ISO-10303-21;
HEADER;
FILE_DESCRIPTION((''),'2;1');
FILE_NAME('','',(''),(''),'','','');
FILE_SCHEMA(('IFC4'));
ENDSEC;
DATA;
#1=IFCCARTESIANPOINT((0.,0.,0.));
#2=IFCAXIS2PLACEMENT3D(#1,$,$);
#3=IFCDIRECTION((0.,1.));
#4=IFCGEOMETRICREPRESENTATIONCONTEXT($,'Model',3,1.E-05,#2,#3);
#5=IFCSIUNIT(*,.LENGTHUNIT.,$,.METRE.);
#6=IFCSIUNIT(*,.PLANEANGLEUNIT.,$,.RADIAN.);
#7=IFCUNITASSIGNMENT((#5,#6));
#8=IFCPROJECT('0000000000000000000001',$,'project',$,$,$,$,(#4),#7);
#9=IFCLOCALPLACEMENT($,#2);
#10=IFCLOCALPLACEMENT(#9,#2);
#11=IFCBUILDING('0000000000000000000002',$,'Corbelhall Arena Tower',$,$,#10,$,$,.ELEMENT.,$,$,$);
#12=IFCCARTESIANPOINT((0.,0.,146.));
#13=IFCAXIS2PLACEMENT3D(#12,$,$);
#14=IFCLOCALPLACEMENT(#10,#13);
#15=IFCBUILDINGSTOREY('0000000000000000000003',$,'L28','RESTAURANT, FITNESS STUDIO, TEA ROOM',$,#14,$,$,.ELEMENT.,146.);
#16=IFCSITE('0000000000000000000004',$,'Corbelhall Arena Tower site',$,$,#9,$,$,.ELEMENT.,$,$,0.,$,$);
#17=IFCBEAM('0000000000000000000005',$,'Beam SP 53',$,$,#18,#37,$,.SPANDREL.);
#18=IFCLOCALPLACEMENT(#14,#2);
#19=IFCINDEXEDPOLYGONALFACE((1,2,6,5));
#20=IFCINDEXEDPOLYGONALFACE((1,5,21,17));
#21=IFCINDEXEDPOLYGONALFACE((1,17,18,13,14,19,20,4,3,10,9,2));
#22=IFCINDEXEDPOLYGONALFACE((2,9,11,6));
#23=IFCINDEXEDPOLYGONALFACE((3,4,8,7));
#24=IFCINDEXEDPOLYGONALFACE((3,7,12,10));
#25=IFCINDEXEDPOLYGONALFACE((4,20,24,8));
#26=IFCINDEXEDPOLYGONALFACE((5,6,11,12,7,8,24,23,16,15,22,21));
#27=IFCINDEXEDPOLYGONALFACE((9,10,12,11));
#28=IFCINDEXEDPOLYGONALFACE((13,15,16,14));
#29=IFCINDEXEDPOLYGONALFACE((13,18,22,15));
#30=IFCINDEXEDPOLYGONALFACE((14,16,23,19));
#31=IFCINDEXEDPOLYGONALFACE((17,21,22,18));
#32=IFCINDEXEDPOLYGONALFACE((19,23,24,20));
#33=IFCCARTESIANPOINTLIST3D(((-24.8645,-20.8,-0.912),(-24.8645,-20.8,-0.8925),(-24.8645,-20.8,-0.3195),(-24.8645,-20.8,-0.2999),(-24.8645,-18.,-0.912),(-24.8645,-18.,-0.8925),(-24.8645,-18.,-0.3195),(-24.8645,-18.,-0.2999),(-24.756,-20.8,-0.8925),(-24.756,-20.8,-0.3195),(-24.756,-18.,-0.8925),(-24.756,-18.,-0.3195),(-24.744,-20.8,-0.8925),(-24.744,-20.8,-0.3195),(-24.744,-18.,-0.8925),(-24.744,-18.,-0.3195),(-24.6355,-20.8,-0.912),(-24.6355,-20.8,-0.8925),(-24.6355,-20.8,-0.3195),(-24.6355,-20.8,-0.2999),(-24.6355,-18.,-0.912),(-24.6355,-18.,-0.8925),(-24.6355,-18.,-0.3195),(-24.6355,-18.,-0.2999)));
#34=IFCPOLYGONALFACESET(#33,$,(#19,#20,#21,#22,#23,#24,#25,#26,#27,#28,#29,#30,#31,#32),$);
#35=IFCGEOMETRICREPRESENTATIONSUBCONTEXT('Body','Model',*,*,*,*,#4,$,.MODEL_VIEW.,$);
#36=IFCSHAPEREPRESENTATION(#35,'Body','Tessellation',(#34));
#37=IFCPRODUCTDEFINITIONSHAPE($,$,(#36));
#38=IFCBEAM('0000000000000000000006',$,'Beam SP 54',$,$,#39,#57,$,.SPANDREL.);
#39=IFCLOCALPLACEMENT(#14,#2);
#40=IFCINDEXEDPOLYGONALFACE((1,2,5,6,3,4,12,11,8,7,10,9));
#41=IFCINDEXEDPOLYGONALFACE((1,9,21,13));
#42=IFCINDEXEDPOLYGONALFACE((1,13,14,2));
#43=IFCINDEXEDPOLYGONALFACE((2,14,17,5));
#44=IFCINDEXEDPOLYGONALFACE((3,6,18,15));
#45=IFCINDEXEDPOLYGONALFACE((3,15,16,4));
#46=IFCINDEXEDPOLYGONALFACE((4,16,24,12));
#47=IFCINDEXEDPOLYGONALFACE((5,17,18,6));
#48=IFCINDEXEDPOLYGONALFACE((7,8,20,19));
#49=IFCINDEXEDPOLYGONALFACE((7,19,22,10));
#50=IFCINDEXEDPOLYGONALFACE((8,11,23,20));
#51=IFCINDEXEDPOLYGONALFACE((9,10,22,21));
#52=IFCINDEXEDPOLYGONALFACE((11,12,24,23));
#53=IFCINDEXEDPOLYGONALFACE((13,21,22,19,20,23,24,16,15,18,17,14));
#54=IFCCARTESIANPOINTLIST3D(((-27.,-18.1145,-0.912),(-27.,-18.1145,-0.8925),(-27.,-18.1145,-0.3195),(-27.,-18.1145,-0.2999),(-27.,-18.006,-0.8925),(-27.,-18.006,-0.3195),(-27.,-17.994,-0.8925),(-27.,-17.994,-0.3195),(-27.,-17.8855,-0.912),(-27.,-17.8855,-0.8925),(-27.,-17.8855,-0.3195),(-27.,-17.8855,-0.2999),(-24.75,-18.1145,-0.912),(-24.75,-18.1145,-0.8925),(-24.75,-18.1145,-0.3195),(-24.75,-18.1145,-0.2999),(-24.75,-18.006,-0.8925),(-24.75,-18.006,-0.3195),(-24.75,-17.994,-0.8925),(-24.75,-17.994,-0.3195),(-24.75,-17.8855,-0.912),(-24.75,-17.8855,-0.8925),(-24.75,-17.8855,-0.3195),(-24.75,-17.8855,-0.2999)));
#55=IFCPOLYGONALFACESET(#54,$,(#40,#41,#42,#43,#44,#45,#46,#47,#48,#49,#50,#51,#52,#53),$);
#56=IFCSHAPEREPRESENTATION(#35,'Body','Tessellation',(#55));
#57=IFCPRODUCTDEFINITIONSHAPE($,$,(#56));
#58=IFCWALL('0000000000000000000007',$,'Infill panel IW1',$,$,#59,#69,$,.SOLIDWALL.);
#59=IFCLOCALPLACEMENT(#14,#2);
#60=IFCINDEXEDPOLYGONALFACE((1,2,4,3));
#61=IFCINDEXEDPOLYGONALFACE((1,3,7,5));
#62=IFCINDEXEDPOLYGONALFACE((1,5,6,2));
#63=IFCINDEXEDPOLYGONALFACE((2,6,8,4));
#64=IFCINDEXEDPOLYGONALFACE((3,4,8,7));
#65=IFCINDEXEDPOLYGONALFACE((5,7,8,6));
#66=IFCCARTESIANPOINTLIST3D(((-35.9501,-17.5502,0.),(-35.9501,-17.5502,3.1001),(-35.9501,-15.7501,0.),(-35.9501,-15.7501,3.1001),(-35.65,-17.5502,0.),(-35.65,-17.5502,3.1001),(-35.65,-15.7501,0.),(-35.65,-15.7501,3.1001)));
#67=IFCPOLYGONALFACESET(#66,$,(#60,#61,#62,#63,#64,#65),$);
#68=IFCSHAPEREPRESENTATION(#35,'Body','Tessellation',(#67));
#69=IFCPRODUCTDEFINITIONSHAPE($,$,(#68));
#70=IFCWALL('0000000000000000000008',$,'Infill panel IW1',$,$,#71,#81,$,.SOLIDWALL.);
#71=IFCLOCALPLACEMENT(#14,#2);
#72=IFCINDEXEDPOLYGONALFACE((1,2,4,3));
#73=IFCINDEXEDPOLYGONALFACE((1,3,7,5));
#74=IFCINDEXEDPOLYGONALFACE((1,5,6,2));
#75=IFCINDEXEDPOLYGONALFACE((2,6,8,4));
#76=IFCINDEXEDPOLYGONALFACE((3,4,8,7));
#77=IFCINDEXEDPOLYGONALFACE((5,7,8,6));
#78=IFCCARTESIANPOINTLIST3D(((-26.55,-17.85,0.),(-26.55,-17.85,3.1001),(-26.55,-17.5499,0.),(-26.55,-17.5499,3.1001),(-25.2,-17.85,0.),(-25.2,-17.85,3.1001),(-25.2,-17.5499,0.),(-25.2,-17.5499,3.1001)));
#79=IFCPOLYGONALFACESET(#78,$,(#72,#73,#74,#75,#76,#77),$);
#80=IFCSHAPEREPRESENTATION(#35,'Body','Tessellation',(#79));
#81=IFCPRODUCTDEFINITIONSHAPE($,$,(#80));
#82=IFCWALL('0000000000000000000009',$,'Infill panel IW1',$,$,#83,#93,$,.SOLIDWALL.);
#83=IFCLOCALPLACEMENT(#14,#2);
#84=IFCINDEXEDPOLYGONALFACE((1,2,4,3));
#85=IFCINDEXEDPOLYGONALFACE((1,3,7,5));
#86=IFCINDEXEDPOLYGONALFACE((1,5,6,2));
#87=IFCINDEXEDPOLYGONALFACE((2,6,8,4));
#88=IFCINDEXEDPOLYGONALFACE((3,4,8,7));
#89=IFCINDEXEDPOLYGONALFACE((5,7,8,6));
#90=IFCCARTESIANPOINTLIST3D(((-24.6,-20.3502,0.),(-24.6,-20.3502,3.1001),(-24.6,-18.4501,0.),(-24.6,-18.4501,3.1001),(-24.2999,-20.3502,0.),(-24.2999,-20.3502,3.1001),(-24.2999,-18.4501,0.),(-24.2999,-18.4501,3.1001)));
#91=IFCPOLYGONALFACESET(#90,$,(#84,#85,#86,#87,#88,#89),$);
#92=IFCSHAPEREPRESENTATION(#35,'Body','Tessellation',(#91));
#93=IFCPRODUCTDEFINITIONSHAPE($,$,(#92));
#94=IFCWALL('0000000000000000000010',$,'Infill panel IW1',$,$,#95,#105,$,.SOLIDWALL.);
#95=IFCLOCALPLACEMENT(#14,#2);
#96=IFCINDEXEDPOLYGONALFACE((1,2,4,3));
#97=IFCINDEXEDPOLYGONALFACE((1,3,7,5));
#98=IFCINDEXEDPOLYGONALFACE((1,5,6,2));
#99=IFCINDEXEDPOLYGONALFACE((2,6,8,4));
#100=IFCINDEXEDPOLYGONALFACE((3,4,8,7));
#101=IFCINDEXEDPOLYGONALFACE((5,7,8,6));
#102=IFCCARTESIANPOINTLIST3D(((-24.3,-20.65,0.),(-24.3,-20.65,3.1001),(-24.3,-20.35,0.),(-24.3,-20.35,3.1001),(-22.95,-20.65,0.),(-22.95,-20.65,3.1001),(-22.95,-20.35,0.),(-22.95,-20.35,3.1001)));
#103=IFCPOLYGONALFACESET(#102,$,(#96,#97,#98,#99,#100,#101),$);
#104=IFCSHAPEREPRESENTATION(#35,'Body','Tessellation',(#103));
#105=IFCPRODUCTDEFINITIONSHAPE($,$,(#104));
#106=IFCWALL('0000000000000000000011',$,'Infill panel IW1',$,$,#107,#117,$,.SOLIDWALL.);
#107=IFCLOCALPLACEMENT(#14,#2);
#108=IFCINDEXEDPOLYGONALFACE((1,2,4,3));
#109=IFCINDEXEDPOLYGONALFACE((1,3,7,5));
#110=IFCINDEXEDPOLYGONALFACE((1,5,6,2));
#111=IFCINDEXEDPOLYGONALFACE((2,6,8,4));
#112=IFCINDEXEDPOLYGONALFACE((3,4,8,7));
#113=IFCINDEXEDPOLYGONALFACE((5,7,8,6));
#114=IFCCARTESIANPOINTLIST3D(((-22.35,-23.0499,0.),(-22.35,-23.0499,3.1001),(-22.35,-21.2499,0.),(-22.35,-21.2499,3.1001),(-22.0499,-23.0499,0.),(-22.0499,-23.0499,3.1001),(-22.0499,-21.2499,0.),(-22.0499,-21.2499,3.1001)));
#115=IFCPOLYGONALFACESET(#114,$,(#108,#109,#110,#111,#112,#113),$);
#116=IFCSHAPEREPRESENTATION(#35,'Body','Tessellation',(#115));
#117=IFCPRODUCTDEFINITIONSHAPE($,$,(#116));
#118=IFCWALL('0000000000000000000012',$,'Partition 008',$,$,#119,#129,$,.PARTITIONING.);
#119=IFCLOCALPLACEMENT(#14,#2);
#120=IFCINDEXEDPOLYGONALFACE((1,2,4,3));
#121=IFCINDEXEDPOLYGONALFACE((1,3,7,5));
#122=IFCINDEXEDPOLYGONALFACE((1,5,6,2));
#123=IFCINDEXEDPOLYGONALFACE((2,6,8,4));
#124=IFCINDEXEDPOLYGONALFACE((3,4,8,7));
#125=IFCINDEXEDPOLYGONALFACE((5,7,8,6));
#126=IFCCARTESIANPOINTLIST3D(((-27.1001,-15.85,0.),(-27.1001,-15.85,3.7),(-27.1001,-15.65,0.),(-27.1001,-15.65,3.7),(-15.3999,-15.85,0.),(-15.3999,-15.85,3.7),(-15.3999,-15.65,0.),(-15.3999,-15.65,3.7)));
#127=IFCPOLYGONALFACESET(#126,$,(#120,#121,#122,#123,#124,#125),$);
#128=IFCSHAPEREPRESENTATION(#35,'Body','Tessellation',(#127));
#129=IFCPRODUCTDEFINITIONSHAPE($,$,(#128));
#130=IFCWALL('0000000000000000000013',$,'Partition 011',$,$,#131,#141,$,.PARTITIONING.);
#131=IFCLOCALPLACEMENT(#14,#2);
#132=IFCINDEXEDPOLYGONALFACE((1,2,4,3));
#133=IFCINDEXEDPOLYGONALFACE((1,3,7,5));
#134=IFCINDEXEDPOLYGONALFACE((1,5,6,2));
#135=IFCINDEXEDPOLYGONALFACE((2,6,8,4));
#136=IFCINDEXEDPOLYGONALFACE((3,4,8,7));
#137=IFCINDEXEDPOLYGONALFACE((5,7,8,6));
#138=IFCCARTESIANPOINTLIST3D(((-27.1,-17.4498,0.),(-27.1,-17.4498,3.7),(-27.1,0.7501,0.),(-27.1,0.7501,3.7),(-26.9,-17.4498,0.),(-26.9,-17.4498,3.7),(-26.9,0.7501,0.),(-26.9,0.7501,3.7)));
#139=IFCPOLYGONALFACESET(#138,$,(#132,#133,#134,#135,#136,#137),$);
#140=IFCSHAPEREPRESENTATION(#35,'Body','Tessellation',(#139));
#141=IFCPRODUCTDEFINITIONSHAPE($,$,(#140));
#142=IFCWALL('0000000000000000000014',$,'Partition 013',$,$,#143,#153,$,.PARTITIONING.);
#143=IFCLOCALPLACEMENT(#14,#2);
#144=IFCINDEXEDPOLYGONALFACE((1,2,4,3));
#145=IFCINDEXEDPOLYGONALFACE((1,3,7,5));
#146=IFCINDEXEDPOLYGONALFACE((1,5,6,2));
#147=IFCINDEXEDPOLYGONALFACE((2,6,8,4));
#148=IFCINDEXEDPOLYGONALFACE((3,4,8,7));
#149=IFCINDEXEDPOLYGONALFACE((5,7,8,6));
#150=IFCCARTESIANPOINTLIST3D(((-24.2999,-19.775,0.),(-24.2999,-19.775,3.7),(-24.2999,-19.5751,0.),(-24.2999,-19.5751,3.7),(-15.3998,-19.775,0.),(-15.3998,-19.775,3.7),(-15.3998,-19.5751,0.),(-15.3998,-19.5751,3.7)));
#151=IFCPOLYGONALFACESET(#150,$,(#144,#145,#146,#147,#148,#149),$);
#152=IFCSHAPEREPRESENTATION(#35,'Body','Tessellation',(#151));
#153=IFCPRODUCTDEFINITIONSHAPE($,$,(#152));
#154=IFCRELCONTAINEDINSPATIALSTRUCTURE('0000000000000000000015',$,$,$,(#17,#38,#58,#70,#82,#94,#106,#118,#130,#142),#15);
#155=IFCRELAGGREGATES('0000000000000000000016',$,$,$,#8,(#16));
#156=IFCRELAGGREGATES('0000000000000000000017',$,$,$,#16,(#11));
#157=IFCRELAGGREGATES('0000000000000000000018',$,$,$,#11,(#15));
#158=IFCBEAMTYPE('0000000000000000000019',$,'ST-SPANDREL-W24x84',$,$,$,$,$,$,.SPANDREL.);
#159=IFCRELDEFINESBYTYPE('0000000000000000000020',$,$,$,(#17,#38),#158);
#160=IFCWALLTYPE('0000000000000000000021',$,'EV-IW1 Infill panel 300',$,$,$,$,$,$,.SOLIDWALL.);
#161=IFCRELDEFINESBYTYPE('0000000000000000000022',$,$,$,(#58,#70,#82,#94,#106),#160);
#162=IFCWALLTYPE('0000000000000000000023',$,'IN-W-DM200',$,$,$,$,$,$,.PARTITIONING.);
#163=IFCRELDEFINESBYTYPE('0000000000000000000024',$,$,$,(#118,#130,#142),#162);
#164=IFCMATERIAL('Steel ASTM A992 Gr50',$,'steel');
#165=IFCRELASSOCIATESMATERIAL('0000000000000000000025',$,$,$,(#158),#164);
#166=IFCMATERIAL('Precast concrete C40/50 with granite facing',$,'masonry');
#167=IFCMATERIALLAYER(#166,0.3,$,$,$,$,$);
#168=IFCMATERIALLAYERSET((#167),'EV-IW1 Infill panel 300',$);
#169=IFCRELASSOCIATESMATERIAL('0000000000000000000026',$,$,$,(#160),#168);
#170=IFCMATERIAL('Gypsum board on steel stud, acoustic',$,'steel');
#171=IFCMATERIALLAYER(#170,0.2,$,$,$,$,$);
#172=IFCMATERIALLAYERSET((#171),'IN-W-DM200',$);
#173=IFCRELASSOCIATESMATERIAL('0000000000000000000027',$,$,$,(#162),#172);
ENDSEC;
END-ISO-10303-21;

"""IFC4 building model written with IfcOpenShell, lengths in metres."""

from ifc_helpers import new_model, si_unit, direction, frame, frame_2d, origin, origin_2d, place, context, subcontext, project, spatial, rectangle, i_section, extrude, material, layer, layer_set, material_profile, profile_set, type_object, element, save


model = new_model("IFC4")

# Units and contexts
model_context = context("Model", 3, precision=1e-05, world=origin(), true_north=direction((0.0, 1.0)))
body_context = subcontext(model_context, "Body", "Model", "MODEL_VIEW")
ifc_project = project(units=[si_unit("LENGTHUNIT", "METRE"), si_unit("PLANEANGLEUNIT", "RADIAN")], contexts=[model_context])

# Site, building, storey
site_placement = place(None, origin())
site = spatial("IfcSite", under=ifc_project, at=site_placement, Name="Corbelhall Arena Tower site", CompositionType="ELEMENT", RefElevation=0.0)
building_placement = place(site_placement, origin())
building = spatial("IfcBuilding", under=site, at=building_placement, Name="Corbelhall Arena Tower", CompositionType="ELEMENT")
storey_placement = place(building_placement, frame((0.0, 0.0, 146.0)))
storey = spatial("IfcBuildingStorey", under=building, at=storey_placement, Name="L28", Description="RESTAURANT, FITNESS STUDIO, TEA ROOM", CompositionType="ELEMENT", Elevation=146.0)

# Beams
ifc_material_1 = material(Name="Steel ASTM A992 Gr50", Category="steel")
ifc_material_profile_1 = material_profile(ifc_material_1, i_section(OverallWidth=0.229, OverallDepth=0.6121, WebThickness=0.012, FlangeThickness=0.0195, at=origin_2d()))
ifc_profile_set_1 = profile_set([ifc_material_profile_1], Name="Steel ASTM A992 Gr50")
beam_type = type_object("IfcBeamType", Name="ST-SPANDREL-W24x84", PredefinedType="SPANDREL", material=ifc_profile_set_1)
beam_1_placement = place(storey_placement, frame((-24.75, -20.8, -0.606), z_axis=(0.0, 1.0, 0.0), x_axis=(-1.0, 0.0, 0.0)))
element("IfcBeam", 1, at=beam_1_placement, inside=storey, type_object=beam_type, Name="Beam SP 53", PredefinedType="SPANDREL", context=body_context, shape_type="SweptSolid", body=[
    extrude(i_section(OverallWidth=0.229, OverallDepth=0.6121, WebThickness=0.012, FlangeThickness=0.0195, at=origin_2d()), origin(), (0.0, 0.0, 1.0), 2.8),
])
beam_2_placement = place(storey_placement, frame((-24.75, -18.0, -0.606), z_axis=(-1.0, 0.0, 0.0), x_axis=(0.0, -1.0, 0.0)))
element("IfcBeam", 2, at=beam_2_placement, inside=storey, type_object=beam_type, Name="Beam SP 54", PredefinedType="SPANDREL", context=body_context, shape_type="SweptSolid", body=[
    extrude(i_section(OverallWidth=0.229, OverallDepth=0.6121, WebThickness=0.012, FlangeThickness=0.0195, at=origin_2d()), origin(), (0.0, 0.0, 1.0), 2.25),
])

# Wall
ifc_material_2 = material(Name="Precast concrete C40/50 with granite facing", Category="masonry")
ifc_layer_1 = layer(ifc_material_2, 0.3)
ifc_layer_set_1 = layer_set([ifc_layer_1], Name="EV-IW1 Infill panel 300")
wall_type_1 = type_object("IfcWallType", Name="EV-IW1 Infill panel 300", PredefinedType="SOLIDWALL", material=ifc_layer_set_1)
wall_1_placement = place(storey_placement, frame((-35.8, -17.55, 0.0), z_axis=(0.0, 0.0, 1.0), x_axis=(0.0, 1.0, 0.0)))
element("IfcWall", 3, at=wall_1_placement, inside=storey, type_object=wall_type_1, Name="Infill panel IW1", PredefinedType="SOLIDWALL", context=body_context, shape_type="SweptSolid", body=[
    extrude(rectangle(XDim=1.8, YDim=0.3, at=frame_2d((0.8999, 0.0))), origin(), (0.0, 0.0, 1.0), 3.1001),
])

# Walls
wall_2_placement = place(storey_placement, frame((-26.55, -17.7, 0.0), z_axis=(0.0, 0.0, 1.0), x_axis=(1.0, 0.0, 0.0)))
element("IfcWall", 4, at=wall_2_placement, inside=storey, type_object=wall_type_1, Name="Infill panel IW1", PredefinedType="SOLIDWALL", context=body_context, shape_type="SweptSolid", body=[
    extrude(rectangle(XDim=1.3501, YDim=0.3, at=frame_2d((0.675, 0.0))), origin(), (0.0, 0.0, 1.0), 3.1001),
])
wall_3_placement = place(storey_placement, frame((-24.45, -18.45, 0.0), z_axis=(0.0, 0.0, 1.0), x_axis=(0.0, -1.0, 0.0)))
element("IfcWall", 5, at=wall_3_placement, inside=storey, type_object=wall_type_1, Name="Infill panel IW1", PredefinedType="SOLIDWALL", context=body_context, shape_type="SweptSolid", body=[
    extrude(rectangle(XDim=1.9001, YDim=0.3, at=frame_2d((0.9502, 0.0))), origin(), (0.0, 0.0, 1.0), 3.1001),
])
wall_4_placement = place(storey_placement, frame((-24.3, -20.5, 0.0), z_axis=(0.0, 0.0, 1.0), x_axis=(1.0, 0.0, 0.0)))
element("IfcWall", 6, at=wall_4_placement, inside=storey, type_object=wall_type_1, Name="Infill panel IW1", PredefinedType="SOLIDWALL", context=body_context, shape_type="SweptSolid", body=[
    extrude(rectangle(XDim=1.3501, YDim=0.3, at=frame_2d((0.675, 0.0))), origin(), (0.0, 0.0, 1.0), 3.1001),
])
wall_5_placement = place(storey_placement, frame((-22.2, -21.25, 0.0), z_axis=(0.0, 0.0, 1.0), x_axis=(0.0, -1.0, 0.0)))
element("IfcWall", 7, at=wall_5_placement, inside=storey, type_object=wall_type_1, Name="Infill panel IW1", PredefinedType="SOLIDWALL", context=body_context, shape_type="SweptSolid", body=[
    extrude(rectangle(XDim=1.8, YDim=0.3, at=frame_2d((0.8999, 0.0))), origin(), (0.0, 0.0, 1.0), 3.1001),
])

# Walls
ifc_material_3 = material(Name="Gypsum board on steel stud, acoustic", Category="steel")
ifc_layer_2 = layer(ifc_material_3, 0.2)
ifc_layer_set_2 = layer_set([ifc_layer_2], Name="IN-W-DM200")
wall_type_2 = type_object("IfcWallType", Name="IN-W-DM200", PredefinedType="PARTITIONING", material=ifc_layer_set_2)
wall_6_placement = place(storey_placement, frame((-27.1001, -15.75, 0.0), z_axis=(0.0, 0.0, 1.0), x_axis=(1.0, 0.0, 0.0)))
element("IfcWall", 8, at=wall_6_placement, inside=storey, type_object=wall_type_2, Name="Partition 008", PredefinedType="PARTITIONING", context=body_context, shape_type="SweptSolid", body=[
    extrude(rectangle(XDim=11.7002, YDim=0.2, at=frame_2d((5.8501, 0.0))), origin(), (0.0, 0.0, 1.0), 3.7),
])
wall_7_placement = place(storey_placement, frame((-27.0, -17.45, 0.0), z_axis=(0.0, 0.0, 1.0), x_axis=(0.0, 1.0, 0.0)))
element("IfcWall", 9, at=wall_7_placement, inside=storey, type_object=wall_type_2, Name="Partition 011", PredefinedType="PARTITIONING", context=body_context, shape_type="SweptSolid", body=[
    extrude(rectangle(XDim=18.2, YDim=0.2, at=frame_2d((9.1001, 0.0))), origin(), (0.0, 0.0, 1.0), 3.7),
])
wall_8_placement = place(storey_placement, frame((-24.3, -19.675, 0.0), z_axis=(0.0, 0.0, 1.0), x_axis=(1.0, 0.0, 0.0)))
element("IfcWall", 10, at=wall_8_placement, inside=storey, type_object=wall_type_2, Name="Partition 013", PredefinedType="PARTITIONING", context=body_context, shape_type="SweptSolid", body=[
    extrude(rectangle(XDim=8.9001, YDim=0.2, at=frame_2d((4.4502, 0.0))), origin(), (0.0, 0.0, 1.0), 3.7),
])

save(model, "model.ifc")
